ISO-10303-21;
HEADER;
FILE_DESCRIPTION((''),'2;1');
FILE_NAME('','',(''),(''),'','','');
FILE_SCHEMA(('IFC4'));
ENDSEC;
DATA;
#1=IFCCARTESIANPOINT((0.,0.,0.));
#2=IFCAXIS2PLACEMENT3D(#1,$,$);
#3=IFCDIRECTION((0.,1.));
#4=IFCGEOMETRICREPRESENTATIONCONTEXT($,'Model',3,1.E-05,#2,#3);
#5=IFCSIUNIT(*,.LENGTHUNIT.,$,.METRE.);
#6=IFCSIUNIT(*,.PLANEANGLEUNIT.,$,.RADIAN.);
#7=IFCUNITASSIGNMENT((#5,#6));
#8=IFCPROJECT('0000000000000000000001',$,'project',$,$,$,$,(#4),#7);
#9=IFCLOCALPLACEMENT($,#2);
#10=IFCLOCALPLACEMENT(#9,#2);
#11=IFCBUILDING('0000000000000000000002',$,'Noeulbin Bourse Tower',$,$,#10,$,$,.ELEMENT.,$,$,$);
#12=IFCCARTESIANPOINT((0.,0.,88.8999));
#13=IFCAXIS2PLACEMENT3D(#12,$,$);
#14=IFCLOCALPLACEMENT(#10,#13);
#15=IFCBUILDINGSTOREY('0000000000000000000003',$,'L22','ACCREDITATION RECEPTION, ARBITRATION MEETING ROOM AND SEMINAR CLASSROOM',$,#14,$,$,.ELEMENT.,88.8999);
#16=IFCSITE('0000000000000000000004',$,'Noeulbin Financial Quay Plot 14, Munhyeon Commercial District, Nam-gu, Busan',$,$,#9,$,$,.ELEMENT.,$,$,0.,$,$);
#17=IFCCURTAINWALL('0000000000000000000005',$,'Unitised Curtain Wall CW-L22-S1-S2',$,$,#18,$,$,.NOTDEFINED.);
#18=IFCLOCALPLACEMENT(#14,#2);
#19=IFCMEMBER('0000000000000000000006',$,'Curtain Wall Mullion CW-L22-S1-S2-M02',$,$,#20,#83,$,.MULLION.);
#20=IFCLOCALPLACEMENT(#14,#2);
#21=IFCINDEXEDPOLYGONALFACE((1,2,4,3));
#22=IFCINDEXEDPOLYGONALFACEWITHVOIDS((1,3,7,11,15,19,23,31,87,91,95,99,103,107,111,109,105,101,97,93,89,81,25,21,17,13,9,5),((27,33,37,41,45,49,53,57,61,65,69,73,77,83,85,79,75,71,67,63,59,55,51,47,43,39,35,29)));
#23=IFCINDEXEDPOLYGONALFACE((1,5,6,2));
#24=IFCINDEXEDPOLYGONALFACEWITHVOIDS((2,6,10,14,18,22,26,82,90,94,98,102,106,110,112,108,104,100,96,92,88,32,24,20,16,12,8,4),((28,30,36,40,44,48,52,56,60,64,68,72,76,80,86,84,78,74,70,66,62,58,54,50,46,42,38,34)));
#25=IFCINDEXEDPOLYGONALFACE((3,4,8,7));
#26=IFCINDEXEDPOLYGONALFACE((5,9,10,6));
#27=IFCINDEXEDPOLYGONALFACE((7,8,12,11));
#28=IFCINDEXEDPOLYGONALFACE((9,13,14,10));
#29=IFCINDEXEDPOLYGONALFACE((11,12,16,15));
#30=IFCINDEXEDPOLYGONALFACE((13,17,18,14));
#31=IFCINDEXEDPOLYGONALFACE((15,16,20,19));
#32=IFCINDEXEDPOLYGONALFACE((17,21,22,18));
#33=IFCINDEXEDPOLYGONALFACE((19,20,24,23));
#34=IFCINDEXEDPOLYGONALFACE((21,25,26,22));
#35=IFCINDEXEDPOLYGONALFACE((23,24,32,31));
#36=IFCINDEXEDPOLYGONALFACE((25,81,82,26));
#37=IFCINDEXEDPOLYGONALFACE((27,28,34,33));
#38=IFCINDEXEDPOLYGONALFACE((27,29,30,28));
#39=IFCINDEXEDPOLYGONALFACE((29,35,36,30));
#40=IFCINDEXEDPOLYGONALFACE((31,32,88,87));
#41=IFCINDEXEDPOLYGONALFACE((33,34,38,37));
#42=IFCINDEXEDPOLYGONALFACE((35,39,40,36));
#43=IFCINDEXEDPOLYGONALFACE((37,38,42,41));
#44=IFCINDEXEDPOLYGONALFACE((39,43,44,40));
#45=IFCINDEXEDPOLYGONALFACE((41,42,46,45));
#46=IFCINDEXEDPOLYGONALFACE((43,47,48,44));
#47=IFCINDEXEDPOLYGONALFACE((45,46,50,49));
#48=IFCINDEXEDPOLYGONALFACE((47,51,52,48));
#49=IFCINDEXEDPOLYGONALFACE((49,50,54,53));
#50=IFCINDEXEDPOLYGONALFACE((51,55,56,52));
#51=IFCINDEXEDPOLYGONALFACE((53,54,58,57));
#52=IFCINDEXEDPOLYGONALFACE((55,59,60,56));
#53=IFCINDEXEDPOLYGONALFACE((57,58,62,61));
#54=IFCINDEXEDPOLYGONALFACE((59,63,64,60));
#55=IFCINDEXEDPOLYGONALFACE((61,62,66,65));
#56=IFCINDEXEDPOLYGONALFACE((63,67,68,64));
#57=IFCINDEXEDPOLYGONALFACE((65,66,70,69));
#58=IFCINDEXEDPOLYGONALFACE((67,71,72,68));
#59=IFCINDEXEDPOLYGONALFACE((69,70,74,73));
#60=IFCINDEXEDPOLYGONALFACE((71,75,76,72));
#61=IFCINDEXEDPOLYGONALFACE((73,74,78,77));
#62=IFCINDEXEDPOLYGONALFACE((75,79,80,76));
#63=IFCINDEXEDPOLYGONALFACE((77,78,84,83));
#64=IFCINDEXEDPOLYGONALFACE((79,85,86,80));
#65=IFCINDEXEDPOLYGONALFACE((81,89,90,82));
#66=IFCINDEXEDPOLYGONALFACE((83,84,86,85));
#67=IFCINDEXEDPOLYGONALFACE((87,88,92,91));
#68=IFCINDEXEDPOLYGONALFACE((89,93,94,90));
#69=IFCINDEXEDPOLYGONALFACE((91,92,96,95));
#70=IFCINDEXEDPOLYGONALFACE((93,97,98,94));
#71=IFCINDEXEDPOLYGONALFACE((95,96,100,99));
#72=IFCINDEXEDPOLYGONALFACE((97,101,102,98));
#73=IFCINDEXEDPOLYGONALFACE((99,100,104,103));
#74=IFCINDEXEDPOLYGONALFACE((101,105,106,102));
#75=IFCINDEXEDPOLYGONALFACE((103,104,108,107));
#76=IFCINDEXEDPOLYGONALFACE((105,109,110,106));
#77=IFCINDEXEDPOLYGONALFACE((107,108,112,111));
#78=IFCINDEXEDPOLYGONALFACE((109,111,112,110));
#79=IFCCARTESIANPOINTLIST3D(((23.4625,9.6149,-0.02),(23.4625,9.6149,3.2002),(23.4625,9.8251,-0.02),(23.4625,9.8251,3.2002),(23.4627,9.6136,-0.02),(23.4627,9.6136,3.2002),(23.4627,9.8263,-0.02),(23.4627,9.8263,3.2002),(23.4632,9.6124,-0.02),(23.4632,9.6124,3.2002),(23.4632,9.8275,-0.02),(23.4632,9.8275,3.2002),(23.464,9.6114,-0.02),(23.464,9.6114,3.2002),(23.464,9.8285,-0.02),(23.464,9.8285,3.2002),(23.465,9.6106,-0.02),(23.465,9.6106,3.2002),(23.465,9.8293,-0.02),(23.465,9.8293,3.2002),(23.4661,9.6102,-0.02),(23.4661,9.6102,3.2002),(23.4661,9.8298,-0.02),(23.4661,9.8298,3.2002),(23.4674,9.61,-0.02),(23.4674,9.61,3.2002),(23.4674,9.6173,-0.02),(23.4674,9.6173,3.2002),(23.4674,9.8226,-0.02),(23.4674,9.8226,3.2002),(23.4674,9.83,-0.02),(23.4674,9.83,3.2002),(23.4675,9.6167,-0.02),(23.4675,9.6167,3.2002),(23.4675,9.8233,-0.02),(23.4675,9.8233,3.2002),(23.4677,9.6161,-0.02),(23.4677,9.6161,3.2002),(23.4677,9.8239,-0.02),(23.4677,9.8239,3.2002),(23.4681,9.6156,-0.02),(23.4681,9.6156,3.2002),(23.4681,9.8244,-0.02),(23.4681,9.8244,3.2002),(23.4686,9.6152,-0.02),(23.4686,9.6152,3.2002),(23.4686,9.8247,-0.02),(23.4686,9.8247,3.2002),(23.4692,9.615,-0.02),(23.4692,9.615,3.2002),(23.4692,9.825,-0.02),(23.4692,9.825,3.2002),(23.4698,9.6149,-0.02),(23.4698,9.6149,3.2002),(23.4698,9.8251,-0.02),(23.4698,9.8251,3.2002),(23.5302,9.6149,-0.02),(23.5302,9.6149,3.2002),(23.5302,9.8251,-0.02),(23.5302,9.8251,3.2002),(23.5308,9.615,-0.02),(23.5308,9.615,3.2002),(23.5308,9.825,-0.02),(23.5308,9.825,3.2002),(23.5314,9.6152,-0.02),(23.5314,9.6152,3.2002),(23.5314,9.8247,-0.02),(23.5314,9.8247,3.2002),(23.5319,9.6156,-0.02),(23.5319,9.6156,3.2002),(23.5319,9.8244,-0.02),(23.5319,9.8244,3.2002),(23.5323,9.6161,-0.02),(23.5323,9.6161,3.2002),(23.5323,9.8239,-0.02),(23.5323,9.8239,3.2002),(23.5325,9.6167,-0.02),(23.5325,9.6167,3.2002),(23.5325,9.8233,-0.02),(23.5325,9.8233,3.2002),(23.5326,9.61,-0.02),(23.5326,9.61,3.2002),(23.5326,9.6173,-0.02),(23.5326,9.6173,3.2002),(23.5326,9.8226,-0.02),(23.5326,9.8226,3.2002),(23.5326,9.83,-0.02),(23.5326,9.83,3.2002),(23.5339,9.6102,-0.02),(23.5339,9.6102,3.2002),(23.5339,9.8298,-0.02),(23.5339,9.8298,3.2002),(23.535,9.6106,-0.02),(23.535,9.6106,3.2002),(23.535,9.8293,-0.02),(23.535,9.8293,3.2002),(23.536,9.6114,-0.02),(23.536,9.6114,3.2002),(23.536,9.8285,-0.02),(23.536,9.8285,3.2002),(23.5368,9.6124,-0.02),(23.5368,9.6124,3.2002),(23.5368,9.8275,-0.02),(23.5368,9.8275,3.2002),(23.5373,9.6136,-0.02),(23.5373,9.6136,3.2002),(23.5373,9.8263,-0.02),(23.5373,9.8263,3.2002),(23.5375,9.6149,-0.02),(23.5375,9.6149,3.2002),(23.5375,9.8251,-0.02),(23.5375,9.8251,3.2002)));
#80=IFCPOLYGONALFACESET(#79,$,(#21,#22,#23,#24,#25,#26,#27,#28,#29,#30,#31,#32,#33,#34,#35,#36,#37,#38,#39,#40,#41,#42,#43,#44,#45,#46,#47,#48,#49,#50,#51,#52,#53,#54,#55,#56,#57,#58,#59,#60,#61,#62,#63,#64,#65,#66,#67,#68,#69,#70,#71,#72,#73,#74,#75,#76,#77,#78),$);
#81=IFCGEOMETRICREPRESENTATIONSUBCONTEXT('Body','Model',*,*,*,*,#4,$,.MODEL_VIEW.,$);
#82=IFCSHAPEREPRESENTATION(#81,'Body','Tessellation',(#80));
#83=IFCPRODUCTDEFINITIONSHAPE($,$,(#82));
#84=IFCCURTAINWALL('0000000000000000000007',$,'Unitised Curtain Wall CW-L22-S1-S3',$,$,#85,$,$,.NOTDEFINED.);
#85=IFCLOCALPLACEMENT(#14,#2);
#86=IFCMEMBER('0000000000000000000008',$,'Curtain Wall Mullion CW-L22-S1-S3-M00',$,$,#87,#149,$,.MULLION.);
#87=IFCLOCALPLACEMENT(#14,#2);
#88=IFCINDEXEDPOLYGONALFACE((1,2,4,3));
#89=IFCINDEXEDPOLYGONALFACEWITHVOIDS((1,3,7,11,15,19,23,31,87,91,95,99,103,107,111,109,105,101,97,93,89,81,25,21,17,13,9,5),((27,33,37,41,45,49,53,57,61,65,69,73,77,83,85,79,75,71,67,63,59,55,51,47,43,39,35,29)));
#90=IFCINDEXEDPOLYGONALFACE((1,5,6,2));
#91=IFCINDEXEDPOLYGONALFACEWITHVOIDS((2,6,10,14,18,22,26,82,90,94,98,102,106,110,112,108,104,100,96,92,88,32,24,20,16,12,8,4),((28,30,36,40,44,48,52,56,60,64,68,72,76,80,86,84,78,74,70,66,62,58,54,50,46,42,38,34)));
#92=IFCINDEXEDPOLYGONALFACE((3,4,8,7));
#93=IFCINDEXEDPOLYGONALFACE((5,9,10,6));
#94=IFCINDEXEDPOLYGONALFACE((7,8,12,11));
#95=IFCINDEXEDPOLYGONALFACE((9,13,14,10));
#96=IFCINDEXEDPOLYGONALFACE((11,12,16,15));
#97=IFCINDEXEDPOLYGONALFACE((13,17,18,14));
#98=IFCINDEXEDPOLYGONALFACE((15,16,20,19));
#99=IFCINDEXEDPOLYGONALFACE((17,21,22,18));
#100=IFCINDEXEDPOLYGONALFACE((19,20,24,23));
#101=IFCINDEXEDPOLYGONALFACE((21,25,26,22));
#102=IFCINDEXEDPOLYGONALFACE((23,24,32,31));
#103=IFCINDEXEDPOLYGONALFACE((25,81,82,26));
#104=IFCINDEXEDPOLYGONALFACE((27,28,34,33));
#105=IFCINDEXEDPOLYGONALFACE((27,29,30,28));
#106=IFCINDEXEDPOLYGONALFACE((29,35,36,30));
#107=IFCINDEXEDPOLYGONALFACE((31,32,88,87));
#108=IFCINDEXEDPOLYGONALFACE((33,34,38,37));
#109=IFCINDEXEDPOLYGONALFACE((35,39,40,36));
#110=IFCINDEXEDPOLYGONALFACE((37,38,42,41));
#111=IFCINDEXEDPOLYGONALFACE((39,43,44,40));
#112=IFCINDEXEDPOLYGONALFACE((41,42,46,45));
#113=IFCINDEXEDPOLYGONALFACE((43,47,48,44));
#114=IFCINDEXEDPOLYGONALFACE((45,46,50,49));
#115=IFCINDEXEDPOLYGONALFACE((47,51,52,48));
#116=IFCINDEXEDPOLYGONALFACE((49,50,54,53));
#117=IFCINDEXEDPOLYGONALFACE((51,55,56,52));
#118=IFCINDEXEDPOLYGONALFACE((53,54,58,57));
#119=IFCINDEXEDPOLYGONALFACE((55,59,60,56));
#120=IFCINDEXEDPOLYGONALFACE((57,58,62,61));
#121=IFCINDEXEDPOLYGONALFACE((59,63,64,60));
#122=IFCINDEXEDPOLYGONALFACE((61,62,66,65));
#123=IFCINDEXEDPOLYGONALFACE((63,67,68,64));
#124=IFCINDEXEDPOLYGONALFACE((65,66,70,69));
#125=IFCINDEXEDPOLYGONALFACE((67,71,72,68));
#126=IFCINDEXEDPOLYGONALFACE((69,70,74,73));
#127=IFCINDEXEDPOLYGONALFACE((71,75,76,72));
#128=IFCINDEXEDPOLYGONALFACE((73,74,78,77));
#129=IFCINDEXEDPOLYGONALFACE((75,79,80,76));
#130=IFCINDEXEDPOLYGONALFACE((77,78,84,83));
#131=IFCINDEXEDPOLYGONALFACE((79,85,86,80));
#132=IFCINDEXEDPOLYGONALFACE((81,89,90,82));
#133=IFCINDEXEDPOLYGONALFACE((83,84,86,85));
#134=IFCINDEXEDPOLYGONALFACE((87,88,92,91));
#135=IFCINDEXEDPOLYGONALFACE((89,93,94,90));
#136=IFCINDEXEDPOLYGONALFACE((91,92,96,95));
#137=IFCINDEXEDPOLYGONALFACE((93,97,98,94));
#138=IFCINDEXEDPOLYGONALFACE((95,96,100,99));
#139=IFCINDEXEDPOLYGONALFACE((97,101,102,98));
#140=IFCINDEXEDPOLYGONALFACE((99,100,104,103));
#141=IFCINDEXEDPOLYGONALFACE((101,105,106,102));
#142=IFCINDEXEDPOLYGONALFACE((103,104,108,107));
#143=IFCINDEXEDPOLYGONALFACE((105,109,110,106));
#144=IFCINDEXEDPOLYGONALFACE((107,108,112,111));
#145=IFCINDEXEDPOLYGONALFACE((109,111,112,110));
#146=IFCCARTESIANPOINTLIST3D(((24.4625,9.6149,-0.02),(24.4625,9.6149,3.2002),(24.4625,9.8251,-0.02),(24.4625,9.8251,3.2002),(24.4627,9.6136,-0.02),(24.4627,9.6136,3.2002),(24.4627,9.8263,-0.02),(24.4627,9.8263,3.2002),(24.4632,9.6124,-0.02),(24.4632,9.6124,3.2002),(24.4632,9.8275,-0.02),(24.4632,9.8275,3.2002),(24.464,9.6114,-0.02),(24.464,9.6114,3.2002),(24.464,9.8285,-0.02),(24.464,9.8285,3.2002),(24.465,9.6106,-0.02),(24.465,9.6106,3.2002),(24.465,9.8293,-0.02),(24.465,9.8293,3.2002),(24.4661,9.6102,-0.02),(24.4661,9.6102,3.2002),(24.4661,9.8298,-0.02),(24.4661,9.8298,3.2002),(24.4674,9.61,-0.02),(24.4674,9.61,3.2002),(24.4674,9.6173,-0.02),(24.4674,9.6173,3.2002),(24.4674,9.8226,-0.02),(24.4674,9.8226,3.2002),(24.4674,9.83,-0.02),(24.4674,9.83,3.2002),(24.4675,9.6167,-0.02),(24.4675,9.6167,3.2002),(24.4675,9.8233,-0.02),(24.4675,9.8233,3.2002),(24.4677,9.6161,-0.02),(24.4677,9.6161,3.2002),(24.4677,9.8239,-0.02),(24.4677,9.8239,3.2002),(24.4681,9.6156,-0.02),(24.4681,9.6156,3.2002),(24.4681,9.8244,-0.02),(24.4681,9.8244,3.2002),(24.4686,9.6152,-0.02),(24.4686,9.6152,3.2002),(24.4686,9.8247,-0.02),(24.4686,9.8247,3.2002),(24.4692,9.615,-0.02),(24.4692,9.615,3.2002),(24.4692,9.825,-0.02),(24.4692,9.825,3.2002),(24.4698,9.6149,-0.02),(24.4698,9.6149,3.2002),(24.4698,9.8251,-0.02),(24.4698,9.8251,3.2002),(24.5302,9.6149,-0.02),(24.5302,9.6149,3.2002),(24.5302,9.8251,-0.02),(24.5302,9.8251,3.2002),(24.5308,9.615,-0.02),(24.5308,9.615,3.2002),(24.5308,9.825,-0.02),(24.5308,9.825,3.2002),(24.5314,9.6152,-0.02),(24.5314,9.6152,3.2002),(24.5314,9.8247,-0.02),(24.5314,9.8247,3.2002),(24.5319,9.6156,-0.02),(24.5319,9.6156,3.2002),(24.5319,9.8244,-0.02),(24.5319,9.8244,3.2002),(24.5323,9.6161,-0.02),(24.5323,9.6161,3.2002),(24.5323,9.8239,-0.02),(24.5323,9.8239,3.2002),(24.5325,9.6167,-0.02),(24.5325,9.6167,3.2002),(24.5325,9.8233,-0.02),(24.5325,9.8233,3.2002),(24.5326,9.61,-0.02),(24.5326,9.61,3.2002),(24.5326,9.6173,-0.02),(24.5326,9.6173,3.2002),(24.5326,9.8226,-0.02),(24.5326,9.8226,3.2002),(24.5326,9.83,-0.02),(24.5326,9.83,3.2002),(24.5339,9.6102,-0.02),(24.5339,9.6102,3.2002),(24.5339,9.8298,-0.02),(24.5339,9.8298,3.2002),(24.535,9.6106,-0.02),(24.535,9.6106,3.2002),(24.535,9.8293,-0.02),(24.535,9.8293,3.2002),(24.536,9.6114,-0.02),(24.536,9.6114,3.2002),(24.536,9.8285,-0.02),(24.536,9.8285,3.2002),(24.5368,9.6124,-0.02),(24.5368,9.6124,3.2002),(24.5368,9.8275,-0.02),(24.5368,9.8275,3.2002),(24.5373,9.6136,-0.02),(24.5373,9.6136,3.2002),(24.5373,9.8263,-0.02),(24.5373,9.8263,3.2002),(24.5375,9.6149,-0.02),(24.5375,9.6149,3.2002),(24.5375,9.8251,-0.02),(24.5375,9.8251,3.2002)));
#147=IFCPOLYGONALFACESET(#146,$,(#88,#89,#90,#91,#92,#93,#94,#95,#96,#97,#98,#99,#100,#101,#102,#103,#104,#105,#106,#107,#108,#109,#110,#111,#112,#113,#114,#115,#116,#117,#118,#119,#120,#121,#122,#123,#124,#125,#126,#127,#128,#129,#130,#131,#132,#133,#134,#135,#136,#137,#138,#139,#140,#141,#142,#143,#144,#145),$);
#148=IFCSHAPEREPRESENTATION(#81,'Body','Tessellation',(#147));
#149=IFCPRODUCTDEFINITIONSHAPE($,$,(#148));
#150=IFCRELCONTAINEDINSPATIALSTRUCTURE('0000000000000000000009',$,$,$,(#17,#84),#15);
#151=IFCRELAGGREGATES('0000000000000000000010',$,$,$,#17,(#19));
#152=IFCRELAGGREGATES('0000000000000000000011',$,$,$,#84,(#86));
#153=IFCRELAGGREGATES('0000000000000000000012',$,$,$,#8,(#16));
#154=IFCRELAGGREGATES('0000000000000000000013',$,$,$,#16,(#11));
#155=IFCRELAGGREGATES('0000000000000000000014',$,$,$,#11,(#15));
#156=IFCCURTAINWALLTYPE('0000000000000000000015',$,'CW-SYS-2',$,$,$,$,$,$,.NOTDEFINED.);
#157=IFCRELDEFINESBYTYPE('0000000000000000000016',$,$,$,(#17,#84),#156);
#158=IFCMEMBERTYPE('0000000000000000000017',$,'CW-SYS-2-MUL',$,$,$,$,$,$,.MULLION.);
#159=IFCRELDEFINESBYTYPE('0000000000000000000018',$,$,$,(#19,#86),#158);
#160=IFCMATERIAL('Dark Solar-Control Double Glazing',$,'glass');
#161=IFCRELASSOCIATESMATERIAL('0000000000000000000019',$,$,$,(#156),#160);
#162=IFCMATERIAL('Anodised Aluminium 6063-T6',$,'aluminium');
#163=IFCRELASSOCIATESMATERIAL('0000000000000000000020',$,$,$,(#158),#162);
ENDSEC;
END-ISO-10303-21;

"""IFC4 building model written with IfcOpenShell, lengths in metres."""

from ifc_helpers import new_model, si_unit, direction, frame, origin, origin_2d, place, context, subcontext, project, spatial, hollow_rectangle, extrude, material, material_profile, profile_set, type_object, element, aggregate, save


model = new_model("IFC4")

# Units and contexts
model_context = context("Model", 3, precision=1e-05, world=origin(), true_north=direction((0.0, 1.0)))
body_context = subcontext(model_context, "Body", "Model", "MODEL_VIEW")
ifc_project = project(units=[si_unit("LENGTHUNIT", "METRE"), si_unit("PLANEANGLEUNIT", "RADIAN")], contexts=[model_context])

# Site, building, storey
site_placement = place(None, origin())
site = spatial("IfcSite", under=ifc_project, at=site_placement, Name="Noeulbin Financial Quay Plot 14, Munhyeon Commercial District, Nam-gu, Busan", CompositionType="ELEMENT", RefElevation=0.0)
building_placement = place(site_placement, origin())
building = spatial("IfcBuilding", under=site, at=building_placement, Name="Noeulbin Bourse Tower", CompositionType="ELEMENT")
storey_placement = place(building_placement, frame((0.0, 0.0, 88.8999)))
storey = spatial("IfcBuildingStorey", under=building, at=storey_placement, Name="L22", Description="ACCREDITATION RECEPTION, ARBITRATION MEETING ROOM AND SEMINAR CLASSROOM", CompositionType="ELEMENT", Elevation=88.8999)

# Shared definitions
ifc_material_1 = material(Name="Dark Solar-Control Double Glazing", Category="glass")
curtain_wall_type = type_object("IfcCurtainWallType", Name="CW-SYS-2", PredefinedType="NOTDEFINED", material=ifc_material_1)
ifc_material_2 = material(Name="Anodised Aluminium 6063-T6", Category="aluminium")
ifc_material_profile_1 = material_profile(ifc_material_2, hollow_rectangle(XDim=0.075, YDim=0.22, WallThickness=0.0049, InnerFilletRadius=0.0024, OuterFilletRadius=0.0049, at=origin_2d()), Name="ALU-MULL-75x220x5", Category="LoadBearing")
ifc_profile_set_1 = profile_set([ifc_material_profile_1], Name="Anodised Aluminium 6063-T6")
member_type_1 = type_object("IfcMemberType", Name="CW-SYS-2-MUL", PredefinedType="MULLION", material=ifc_profile_set_1)

# Curtain walls, members
curtain_wall_1_placement = place(storey_placement, origin())
curtain_wall_1 = element("IfcCurtainWall", 1, at=curtain_wall_1_placement, inside=storey, type_object=curtain_wall_type, Name="Unitised Curtain Wall CW-L22-S1-S2", PredefinedType="NOTDEFINED")
member_1_placement = place(storey_placement, frame((23.5, 9.72, -0.02), z_axis=(0.0, 0.0, 1.0), x_axis=(1.0, 0.0, 0.0)))
member_1 = element("IfcMember", 2, at=member_1_placement, type_object=member_type_1, Name="Curtain Wall Mullion CW-L22-S1-S2-M02", PredefinedType="MULLION", context=body_context, shape_type="SweptSolid", body=[
    extrude(hollow_rectangle(XDim=0.075, YDim=0.22, WallThickness=0.0049, InnerFilletRadius=0.0024, OuterFilletRadius=0.0049, at=origin_2d()), origin(), (0.0, 0.0, 1.0), 3.2202),
])
curtain_wall_2_placement = place(storey_placement, origin())
curtain_wall_2 = element("IfcCurtainWall", 3, at=curtain_wall_2_placement, inside=storey, type_object=curtain_wall_type, Name="Unitised Curtain Wall CW-L22-S1-S3", PredefinedType="NOTDEFINED")
member_2_placement = place(storey_placement, frame((24.5, 9.72, -0.02), z_axis=(0.0, 0.0, 1.0), x_axis=(1.0, 0.0, 0.0)))
member_2 = element("IfcMember", 4, at=member_2_placement, type_object=member_type_1, Name="Curtain Wall Mullion CW-L22-S1-S3-M00", PredefinedType="MULLION", context=body_context, shape_type="SweptSolid", body=[
    extrude(hollow_rectangle(XDim=0.075, YDim=0.22, WallThickness=0.0049, InnerFilletRadius=0.0024, OuterFilletRadius=0.0049, at=origin_2d()), origin(), (0.0, 0.0, 1.0), 3.2202),
])

aggregate(curtain_wall_1, [member_1])
aggregate(curtain_wall_2, [member_2])

save(model, "model.ifc")
